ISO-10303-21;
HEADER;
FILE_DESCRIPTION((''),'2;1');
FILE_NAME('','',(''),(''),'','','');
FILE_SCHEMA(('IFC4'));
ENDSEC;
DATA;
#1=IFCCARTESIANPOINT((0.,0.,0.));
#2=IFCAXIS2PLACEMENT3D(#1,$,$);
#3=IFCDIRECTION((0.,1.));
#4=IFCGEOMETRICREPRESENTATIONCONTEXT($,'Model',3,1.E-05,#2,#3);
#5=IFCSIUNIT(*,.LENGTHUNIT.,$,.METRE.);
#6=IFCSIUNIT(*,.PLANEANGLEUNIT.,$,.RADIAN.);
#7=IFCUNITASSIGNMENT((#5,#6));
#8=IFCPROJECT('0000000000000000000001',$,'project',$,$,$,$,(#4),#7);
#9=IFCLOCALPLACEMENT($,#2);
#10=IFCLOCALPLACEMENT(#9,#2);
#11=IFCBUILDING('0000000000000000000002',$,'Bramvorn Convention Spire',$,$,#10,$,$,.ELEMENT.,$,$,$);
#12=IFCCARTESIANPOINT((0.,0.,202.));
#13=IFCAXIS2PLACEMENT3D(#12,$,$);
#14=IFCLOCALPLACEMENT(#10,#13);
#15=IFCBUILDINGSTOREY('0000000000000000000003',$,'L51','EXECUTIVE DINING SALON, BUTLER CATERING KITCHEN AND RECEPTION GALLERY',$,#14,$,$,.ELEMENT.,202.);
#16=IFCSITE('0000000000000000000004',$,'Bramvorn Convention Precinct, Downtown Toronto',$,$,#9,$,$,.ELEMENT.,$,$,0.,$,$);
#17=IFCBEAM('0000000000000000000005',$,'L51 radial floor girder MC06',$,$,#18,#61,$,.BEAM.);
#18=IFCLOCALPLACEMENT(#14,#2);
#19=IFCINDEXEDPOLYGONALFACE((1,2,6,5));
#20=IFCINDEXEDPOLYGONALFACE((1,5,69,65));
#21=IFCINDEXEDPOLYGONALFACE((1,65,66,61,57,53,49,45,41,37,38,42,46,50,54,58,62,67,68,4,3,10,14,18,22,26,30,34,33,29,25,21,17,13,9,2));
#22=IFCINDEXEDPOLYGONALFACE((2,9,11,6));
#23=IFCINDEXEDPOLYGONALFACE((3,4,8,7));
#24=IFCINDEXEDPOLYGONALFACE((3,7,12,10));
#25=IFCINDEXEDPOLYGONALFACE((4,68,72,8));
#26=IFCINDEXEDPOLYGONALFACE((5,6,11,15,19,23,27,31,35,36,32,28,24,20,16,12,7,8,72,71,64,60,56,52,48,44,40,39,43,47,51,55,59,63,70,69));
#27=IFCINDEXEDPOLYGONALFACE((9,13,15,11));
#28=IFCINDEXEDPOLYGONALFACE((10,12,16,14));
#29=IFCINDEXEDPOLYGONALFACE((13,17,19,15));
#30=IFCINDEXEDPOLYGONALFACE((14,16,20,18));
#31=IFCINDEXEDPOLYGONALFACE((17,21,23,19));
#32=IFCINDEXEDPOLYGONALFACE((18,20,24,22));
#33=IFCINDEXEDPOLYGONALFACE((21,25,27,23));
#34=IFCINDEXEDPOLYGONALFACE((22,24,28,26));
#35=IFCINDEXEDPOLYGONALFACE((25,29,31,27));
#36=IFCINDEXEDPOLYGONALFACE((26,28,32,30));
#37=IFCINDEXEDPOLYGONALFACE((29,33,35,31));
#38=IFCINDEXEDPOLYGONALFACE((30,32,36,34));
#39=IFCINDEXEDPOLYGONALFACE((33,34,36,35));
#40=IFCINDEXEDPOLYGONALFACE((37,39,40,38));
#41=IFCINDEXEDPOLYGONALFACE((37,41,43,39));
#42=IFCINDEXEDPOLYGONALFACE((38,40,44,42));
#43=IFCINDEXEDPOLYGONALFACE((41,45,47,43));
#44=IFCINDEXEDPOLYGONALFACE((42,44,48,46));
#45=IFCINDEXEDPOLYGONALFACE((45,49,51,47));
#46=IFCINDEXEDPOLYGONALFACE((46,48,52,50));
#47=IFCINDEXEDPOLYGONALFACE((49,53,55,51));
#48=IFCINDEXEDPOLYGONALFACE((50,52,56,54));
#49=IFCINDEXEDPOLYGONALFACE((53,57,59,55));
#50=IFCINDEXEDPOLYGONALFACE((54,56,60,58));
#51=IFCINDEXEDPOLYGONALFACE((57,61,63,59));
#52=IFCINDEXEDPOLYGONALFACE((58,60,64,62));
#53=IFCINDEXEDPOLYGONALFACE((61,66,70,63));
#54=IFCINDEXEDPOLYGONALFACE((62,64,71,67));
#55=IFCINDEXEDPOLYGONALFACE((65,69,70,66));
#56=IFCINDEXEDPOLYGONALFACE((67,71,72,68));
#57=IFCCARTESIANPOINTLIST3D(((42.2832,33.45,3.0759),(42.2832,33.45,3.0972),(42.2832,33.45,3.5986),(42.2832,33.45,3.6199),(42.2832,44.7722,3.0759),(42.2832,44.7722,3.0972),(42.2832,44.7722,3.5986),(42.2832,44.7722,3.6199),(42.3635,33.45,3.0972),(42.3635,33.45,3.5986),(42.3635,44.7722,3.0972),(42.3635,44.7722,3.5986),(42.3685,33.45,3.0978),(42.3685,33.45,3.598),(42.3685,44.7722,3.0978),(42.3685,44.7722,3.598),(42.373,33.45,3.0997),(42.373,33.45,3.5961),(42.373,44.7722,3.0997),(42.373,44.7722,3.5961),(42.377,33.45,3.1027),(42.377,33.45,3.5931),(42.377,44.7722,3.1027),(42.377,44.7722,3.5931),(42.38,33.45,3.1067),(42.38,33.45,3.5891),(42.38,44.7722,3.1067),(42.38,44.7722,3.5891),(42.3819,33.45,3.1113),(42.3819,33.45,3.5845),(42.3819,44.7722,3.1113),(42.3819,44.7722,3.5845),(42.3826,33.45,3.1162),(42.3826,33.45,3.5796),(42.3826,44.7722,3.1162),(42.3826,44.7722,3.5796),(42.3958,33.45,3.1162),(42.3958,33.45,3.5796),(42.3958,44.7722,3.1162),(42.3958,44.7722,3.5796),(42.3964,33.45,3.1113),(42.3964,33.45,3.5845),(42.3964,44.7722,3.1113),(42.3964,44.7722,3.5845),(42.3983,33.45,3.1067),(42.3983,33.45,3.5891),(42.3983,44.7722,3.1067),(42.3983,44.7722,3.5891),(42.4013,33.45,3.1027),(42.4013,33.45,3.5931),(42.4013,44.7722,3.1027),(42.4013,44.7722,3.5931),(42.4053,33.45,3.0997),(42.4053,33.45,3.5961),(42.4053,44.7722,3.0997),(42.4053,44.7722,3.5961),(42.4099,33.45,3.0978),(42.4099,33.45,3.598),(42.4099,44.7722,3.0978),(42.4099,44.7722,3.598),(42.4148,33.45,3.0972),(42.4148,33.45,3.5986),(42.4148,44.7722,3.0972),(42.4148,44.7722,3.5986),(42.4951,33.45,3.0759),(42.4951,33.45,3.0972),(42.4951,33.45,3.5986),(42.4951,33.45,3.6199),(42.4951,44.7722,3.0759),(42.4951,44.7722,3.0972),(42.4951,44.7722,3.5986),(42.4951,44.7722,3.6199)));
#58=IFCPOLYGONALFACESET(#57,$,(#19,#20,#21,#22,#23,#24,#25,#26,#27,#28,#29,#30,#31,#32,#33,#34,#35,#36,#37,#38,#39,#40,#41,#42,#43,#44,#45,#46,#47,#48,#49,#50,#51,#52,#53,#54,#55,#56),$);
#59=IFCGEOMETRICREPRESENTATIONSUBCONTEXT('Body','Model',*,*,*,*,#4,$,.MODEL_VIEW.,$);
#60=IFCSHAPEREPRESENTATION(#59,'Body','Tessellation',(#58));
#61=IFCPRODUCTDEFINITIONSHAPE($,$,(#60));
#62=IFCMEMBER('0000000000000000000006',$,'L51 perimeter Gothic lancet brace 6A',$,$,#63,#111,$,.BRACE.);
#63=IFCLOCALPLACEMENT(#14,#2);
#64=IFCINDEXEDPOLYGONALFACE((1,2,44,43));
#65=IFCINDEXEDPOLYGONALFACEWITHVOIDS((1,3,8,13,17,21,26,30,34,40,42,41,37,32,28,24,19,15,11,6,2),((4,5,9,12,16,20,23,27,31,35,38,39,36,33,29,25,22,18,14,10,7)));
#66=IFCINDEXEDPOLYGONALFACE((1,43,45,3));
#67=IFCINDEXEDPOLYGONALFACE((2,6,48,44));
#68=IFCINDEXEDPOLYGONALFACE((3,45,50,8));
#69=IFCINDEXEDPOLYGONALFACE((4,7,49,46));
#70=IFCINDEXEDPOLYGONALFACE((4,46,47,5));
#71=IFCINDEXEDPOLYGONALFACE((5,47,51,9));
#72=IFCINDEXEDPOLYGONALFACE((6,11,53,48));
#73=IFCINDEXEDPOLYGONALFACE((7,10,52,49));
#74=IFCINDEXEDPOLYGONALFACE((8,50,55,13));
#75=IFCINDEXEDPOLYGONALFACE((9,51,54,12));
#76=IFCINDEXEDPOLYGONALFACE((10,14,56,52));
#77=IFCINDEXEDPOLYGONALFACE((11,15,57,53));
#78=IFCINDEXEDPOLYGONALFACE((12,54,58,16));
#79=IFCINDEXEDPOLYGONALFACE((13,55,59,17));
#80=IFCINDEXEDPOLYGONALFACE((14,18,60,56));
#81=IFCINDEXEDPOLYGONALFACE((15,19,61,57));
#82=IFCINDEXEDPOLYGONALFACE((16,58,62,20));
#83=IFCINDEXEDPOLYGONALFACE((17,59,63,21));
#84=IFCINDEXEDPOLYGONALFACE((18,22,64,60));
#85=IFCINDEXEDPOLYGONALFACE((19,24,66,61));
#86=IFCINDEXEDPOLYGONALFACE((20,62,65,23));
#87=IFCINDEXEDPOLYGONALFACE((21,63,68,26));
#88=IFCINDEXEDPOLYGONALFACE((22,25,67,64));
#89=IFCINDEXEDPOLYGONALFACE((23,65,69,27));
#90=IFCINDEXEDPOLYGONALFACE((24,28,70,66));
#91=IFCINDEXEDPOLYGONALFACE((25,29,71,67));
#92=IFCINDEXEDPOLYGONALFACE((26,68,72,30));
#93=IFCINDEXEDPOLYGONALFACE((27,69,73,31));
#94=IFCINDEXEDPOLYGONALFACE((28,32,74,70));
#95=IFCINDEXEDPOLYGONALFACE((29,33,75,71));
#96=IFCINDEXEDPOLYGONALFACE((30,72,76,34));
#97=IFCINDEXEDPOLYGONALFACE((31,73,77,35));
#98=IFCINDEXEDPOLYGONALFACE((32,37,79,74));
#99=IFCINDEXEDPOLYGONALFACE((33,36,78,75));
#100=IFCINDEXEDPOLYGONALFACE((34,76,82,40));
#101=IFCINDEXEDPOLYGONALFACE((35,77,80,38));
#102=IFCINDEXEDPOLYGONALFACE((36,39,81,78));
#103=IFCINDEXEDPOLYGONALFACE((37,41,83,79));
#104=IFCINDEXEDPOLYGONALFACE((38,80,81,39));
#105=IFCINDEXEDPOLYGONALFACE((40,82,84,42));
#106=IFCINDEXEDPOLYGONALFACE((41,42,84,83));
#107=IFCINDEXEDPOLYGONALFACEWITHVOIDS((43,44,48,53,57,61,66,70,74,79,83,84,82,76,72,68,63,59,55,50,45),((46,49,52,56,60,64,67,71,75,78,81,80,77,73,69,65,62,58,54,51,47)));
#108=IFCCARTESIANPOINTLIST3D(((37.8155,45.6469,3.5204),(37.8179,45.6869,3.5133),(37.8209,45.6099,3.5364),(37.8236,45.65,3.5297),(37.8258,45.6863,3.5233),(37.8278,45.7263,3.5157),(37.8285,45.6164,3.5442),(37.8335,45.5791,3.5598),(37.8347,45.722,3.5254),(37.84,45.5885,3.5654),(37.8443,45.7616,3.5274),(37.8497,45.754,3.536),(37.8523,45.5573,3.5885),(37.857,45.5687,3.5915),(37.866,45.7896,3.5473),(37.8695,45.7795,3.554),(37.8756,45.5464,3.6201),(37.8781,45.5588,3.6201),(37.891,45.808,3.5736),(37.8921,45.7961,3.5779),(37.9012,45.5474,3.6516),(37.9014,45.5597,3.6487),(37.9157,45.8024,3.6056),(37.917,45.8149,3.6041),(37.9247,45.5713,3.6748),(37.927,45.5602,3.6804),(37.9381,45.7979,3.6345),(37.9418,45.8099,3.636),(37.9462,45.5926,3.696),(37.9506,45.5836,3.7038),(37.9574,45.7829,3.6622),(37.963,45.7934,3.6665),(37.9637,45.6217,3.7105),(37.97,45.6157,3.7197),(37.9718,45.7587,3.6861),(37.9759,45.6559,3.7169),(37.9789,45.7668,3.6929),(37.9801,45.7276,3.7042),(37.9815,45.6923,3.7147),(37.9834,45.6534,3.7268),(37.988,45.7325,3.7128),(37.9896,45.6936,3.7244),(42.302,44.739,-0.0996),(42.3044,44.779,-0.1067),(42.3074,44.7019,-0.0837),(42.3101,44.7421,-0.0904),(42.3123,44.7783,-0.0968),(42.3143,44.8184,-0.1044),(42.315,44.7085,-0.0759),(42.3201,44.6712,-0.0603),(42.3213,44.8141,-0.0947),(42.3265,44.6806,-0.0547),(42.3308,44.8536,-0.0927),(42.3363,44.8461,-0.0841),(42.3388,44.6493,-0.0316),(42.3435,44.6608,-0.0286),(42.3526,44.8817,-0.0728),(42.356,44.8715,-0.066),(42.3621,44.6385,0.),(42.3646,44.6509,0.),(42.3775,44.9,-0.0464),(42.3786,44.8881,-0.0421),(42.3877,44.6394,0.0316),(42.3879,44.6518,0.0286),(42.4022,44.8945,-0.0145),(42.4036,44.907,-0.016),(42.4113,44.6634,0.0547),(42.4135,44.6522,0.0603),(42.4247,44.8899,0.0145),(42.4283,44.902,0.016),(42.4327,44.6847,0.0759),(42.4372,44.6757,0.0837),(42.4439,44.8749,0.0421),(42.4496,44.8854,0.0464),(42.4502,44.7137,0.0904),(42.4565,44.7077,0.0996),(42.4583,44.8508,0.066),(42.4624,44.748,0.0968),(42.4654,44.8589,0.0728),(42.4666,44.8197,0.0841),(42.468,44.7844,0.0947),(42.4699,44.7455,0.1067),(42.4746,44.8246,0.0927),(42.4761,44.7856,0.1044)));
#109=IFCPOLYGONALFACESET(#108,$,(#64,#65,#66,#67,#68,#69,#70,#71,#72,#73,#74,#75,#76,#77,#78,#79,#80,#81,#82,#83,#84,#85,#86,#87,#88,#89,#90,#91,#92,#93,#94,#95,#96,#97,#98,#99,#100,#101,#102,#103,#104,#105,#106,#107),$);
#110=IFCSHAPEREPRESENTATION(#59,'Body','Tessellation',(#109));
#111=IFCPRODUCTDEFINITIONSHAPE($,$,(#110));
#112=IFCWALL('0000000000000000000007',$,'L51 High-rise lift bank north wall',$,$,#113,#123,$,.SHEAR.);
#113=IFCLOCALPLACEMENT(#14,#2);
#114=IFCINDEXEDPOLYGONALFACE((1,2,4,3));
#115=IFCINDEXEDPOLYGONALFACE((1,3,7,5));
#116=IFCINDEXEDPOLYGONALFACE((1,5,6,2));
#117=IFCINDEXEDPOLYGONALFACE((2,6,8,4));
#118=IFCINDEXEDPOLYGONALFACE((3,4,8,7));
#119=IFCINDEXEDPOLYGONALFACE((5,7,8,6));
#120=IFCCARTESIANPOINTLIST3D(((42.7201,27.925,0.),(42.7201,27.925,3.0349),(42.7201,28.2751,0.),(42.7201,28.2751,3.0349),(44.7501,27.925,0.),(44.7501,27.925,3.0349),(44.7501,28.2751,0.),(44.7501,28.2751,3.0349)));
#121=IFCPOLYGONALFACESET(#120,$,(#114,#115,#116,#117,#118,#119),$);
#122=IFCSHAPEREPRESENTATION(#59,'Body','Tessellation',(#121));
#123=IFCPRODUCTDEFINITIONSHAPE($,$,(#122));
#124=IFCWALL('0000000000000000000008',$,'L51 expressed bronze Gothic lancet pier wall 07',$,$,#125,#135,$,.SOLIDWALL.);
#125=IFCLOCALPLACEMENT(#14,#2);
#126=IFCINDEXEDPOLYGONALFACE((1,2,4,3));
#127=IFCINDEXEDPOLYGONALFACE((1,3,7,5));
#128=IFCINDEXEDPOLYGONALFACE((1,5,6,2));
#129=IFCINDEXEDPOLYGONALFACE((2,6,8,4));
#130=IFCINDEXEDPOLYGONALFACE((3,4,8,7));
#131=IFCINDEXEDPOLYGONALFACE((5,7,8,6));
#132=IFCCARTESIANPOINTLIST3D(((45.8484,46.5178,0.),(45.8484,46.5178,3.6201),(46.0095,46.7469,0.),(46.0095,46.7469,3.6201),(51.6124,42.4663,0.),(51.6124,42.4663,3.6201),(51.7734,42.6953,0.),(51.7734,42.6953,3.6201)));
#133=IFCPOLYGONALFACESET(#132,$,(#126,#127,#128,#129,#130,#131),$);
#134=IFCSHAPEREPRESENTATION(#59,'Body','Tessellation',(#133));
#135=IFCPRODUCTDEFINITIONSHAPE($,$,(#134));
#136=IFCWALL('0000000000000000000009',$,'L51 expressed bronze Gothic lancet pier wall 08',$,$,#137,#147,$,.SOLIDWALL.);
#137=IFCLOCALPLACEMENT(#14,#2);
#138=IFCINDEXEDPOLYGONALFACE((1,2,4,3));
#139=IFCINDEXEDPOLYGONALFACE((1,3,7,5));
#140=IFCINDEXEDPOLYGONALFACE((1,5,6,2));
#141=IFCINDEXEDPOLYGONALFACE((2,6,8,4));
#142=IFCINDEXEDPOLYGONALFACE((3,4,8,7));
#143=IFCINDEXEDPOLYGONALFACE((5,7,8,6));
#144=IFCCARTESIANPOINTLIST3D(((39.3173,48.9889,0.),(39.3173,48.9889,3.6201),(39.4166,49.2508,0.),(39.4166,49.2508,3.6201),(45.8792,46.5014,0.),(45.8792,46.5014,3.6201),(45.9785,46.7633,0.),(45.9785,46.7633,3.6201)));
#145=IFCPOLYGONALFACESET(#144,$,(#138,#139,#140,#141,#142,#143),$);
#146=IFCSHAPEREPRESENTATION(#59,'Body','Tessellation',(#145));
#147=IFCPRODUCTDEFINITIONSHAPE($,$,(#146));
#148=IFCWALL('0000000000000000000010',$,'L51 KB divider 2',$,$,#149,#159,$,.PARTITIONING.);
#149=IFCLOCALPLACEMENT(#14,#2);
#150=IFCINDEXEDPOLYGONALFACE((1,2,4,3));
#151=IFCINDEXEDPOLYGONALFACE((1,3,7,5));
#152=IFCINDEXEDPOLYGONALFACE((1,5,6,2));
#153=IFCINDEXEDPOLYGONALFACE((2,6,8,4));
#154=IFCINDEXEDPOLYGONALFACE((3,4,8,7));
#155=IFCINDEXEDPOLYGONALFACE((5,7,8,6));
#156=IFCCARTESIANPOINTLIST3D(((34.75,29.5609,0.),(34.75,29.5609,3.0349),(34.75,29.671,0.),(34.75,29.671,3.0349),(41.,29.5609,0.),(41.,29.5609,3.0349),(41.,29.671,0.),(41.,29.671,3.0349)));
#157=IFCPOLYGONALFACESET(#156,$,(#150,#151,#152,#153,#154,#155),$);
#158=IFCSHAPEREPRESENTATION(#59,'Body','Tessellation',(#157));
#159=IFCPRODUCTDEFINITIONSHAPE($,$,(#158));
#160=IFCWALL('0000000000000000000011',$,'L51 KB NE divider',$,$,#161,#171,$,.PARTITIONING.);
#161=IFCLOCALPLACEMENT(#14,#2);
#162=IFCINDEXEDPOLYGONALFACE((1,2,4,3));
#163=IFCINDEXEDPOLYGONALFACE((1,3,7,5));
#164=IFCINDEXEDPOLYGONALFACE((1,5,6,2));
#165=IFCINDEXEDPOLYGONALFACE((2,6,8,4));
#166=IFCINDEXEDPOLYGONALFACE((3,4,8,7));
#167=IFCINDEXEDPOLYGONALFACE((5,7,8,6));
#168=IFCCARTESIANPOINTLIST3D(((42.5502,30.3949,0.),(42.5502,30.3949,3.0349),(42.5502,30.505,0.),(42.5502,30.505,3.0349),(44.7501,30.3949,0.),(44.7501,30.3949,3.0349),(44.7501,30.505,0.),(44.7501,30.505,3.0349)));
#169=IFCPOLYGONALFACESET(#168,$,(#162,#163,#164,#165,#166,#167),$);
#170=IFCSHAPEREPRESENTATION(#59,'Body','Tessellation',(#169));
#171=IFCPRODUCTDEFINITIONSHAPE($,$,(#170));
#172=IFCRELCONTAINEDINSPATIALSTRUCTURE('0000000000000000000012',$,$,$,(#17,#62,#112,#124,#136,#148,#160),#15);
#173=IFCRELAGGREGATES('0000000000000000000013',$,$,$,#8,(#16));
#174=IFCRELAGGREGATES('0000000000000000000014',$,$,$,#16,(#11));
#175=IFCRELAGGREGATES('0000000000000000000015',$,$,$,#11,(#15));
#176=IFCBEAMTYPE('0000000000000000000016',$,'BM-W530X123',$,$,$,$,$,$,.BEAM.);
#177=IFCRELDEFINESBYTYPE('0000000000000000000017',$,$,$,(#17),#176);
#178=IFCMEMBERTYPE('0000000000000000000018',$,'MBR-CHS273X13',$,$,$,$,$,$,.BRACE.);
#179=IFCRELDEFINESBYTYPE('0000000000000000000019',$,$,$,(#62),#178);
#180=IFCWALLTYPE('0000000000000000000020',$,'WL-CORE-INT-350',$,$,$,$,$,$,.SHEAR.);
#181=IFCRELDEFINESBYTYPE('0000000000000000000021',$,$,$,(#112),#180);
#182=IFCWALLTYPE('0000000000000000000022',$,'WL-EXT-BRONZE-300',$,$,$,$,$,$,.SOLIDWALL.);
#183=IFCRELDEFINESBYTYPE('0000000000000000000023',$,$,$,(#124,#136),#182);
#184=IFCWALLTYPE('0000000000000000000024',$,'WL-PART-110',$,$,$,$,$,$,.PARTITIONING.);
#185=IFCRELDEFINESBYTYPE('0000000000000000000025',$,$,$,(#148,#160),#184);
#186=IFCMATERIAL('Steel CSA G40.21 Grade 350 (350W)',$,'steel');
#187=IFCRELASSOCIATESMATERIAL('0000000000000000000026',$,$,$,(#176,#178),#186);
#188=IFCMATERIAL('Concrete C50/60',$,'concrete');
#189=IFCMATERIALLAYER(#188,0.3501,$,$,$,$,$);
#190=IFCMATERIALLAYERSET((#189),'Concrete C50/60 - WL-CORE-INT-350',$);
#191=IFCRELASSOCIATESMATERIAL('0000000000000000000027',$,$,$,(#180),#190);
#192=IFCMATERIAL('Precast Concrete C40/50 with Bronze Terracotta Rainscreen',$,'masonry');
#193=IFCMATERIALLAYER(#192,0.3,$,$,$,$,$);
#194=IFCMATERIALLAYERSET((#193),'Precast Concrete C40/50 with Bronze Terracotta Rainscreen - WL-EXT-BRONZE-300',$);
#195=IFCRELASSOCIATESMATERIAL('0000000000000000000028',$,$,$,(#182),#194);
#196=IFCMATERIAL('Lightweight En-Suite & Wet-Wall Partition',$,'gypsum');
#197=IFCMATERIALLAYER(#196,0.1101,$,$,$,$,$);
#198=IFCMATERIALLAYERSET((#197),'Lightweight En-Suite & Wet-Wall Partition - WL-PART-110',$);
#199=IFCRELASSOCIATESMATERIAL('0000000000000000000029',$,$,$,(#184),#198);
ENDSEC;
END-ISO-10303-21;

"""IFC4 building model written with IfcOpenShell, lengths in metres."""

from ifc_helpers import new_model, si_unit, direction, frame, frame_2d, origin, origin_2d, place, context, subcontext, project, spatial, rectangle, hollow_circle, i_section, extrude, material, layer, layer_set, material_profile, profile_set, type_object, element, save


model = new_model("IFC4")

# Units and contexts
model_context = context("Model", 3, precision=1e-05, world=origin(), true_north=direction((0.0, 1.0)))
body_context = subcontext(model_context, "Body", "Model", "MODEL_VIEW")
ifc_project = project(units=[si_unit("LENGTHUNIT", "METRE"), si_unit("PLANEANGLEUNIT", "RADIAN")], contexts=[model_context])

# Site, building, storey
site_placement = place(None, origin())
site = spatial("IfcSite", under=ifc_project, at=site_placement, Name="Bramvorn Convention Precinct, Downtown Toronto", CompositionType="ELEMENT", RefElevation=0.0)
building_placement = place(site_placement, origin())
building = spatial("IfcBuilding", under=site, at=building_placement, Name="Bramvorn Convention Spire", CompositionType="ELEMENT")
storey_placement = place(building_placement, frame((0.0, 0.0, 202.0)))
storey = spatial("IfcBuildingStorey", under=building, at=storey_placement, Name="L51", Description="EXECUTIVE DINING SALON, BUTLER CATERING KITCHEN AND RECEPTION GALLERY", CompositionType="ELEMENT", Elevation=202.0)

# Shared definitions
ifc_material_1 = material(Name="Steel CSA G40.21 Grade 350 (350W)", Category="steel")

# Beam
ifc_material_profile_1 = material_profile(ifc_material_1, i_section(OverallWidth=0.2119, OverallDepth=0.5439, WebThickness=0.0132, FlangeThickness=0.0212, FilletRadius=0.019, at=origin_2d()))
ifc_profile_set_1 = profile_set([ifc_material_profile_1], Name="Steel CSA G40.21 Grade 350 (350W) - W530X123")
beam_type_1 = type_object("IfcBeamType", Name="BM-W530X123", PredefinedType="BEAM", material=ifc_profile_set_1)
beam_1_placement = place(storey_placement, frame((42.3892, 33.45, 3.3479), z_axis=(0.0, 1.0, 0.0), x_axis=(-1.0, 0.0, 0.0)))
element("IfcBeam", 1, at=beam_1_placement, inside=storey, type_object=beam_type_1, Name="L51 radial floor girder MC06", PredefinedType="BEAM", context=body_context, shape_type="SweptSolid", body=[
    extrude(i_section(OverallWidth=0.2119, OverallDepth=0.5439, WebThickness=0.0132, FlangeThickness=0.0212, FilletRadius=0.019, at=origin_2d()), origin(), (0.0, 0.0, 1.0), 11.3223),
])

# Member
ifc_material_profile_2 = material_profile(ifc_material_1, hollow_circle(Radius=0.1365, WallThickness=0.0127, at=origin_2d()))
ifc_profile_set_2 = profile_set([ifc_material_profile_2], Name="Steel CSA G40.21 Grade 350 (350W) - CHS273X13")
member_type = type_object("IfcMemberType", Name="MBR-CHS273X13", PredefinedType="BRACE", material=ifc_profile_set_2)
member_placement = place(storey_placement, frame((42.3892, 44.7722, 0.0), z_axis=(-0.768774, 0.155579, 0.620307), x_axis=(-0.198352, -0.980131, 0.0)))
element("IfcMember", 2, at=member_placement, inside=storey, type_object=member_type, Name="L51 perimeter Gothic lancet brace 6A", PredefinedType="BRACE", context=body_context, shape_type="SweptSolid", body=[
    extrude(hollow_circle(Radius=0.1365, WallThickness=0.0127, at=origin_2d()), origin(), (0.0, 0.0, 1.0), 5.8359),
])

# Shared definitions
ifc_material_2 = material(Name="Concrete C50/60", Category="concrete")
ifc_layer_1 = layer(ifc_material_2, 0.3501)
ifc_layer_set_1 = layer_set([ifc_layer_1], Name="Concrete C50/60 - WL-CORE-INT-350")
wall_type_1 = type_object("IfcWallType", Name="WL-CORE-INT-350", PredefinedType="SHEAR", material=ifc_layer_set_1)

# Walls
wall_1_placement = place(storey_placement, frame((42.72, 28.1001, 0.0), z_axis=(0.0, 0.0, 1.0), x_axis=(1.0, 0.0, 0.0)))
element("IfcWall", 3, at=wall_1_placement, inside=storey, type_object=wall_type_1, Name="L51 High-rise lift bank north wall", PredefinedType="SHEAR", context=body_context, shape_type="SweptSolid", body=[
    extrude(rectangle(XDim=2.03, YDim=0.3501, at=frame_2d((1.0151, 0.0))), origin(), (0.0, 0.0, 1.0), 3.0349),
])
ifc_material_3 = material(Name="Precast Concrete C40/50 with Bronze Terracotta Rainscreen", Category="masonry")
ifc_layer_2 = layer(ifc_material_3, 0.3)
ifc_layer_set_2 = layer_set([ifc_layer_2], Name="Precast Concrete C40/50 with Bronze Terracotta Rainscreen - WL-EXT-BRONZE-300")
wall_type_2 = type_object("IfcWallType", Name="WL-EXT-BRONZE-300", PredefinedType="SOLIDWALL", material=ifc_layer_set_2)
wall_2_placement = place(storey_placement, frame((45.929, 46.6323, 0.0), z_axis=(0.0, 0.0, 1.0), x_axis=(0.818112, -0.575059, 0.0)))
element("IfcWall", 4, at=wall_2_placement, inside=storey, type_object=wall_type_2, Name="L51 expressed bronze Gothic lancet pier wall 07", PredefinedType="SOLIDWALL", context=body_context, shape_type="SweptSolid", body=[
    extrude(rectangle(XDim=7.0454, YDim=0.28, at=frame_2d((3.5227, 0.0))), origin(), (0.0, 0.0, 1.0), 3.6201),
])
wall_3_placement = place(storey_placement, frame((39.3669, 49.1199, 0.0), z_axis=(0.0, 0.0, 1.0), x_axis=(0.935068, -0.354469, 0.0)))
element("IfcWall", 5, at=wall_3_placement, inside=storey, type_object=wall_type_2, Name="L51 expressed bronze Gothic lancet pier wall 08", PredefinedType="SOLIDWALL", context=body_context, shape_type="SweptSolid", body=[
    extrude(rectangle(XDim=7.0176, YDim=0.28, at=frame_2d((3.5088, 0.0))), origin(), (0.0, 0.0, 1.0), 3.6201),
])
ifc_material_4 = material(Name="Lightweight En-Suite & Wet-Wall Partition", Category="gypsum")
ifc_layer_3 = layer(ifc_material_4, 0.1101)
ifc_layer_set_3 = layer_set([ifc_layer_3], Name="Lightweight En-Suite & Wet-Wall Partition - WL-PART-110")
wall_type_3 = type_object("IfcWallType", Name="WL-PART-110", PredefinedType="PARTITIONING", material=ifc_layer_set_3)
wall_4_placement = place(storey_placement, frame((34.75, 29.616, 0.0), z_axis=(0.0, 0.0, 1.0), x_axis=(1.0, 0.0, 0.0)))
element("IfcWall", 6, at=wall_4_placement, inside=storey, type_object=wall_type_3, Name="L51 KB divider 2", PredefinedType="PARTITIONING", context=body_context, shape_type="SweptSolid", body=[
    extrude(rectangle(XDim=6.25, YDim=0.1101, at=frame_2d((3.125, 0.0))), origin(), (0.0, 0.0, 1.0), 3.0349),
])
wall_5_placement = place(storey_placement, frame((42.55, 30.45, 0.0), z_axis=(0.0, 0.0, 1.0), x_axis=(1.0, 0.0, 0.0)))
element("IfcWall", 7, at=wall_5_placement, inside=storey, type_object=wall_type_3, Name="L51 KB NE divider", PredefinedType="PARTITIONING", context=body_context, shape_type="SweptSolid", body=[
    extrude(rectangle(XDim=2.2, YDim=0.1101, at=frame_2d((1.1001, 0.0))), origin(), (0.0, 0.0, 1.0), 3.0349),
])

save(model, "model.ifc")
